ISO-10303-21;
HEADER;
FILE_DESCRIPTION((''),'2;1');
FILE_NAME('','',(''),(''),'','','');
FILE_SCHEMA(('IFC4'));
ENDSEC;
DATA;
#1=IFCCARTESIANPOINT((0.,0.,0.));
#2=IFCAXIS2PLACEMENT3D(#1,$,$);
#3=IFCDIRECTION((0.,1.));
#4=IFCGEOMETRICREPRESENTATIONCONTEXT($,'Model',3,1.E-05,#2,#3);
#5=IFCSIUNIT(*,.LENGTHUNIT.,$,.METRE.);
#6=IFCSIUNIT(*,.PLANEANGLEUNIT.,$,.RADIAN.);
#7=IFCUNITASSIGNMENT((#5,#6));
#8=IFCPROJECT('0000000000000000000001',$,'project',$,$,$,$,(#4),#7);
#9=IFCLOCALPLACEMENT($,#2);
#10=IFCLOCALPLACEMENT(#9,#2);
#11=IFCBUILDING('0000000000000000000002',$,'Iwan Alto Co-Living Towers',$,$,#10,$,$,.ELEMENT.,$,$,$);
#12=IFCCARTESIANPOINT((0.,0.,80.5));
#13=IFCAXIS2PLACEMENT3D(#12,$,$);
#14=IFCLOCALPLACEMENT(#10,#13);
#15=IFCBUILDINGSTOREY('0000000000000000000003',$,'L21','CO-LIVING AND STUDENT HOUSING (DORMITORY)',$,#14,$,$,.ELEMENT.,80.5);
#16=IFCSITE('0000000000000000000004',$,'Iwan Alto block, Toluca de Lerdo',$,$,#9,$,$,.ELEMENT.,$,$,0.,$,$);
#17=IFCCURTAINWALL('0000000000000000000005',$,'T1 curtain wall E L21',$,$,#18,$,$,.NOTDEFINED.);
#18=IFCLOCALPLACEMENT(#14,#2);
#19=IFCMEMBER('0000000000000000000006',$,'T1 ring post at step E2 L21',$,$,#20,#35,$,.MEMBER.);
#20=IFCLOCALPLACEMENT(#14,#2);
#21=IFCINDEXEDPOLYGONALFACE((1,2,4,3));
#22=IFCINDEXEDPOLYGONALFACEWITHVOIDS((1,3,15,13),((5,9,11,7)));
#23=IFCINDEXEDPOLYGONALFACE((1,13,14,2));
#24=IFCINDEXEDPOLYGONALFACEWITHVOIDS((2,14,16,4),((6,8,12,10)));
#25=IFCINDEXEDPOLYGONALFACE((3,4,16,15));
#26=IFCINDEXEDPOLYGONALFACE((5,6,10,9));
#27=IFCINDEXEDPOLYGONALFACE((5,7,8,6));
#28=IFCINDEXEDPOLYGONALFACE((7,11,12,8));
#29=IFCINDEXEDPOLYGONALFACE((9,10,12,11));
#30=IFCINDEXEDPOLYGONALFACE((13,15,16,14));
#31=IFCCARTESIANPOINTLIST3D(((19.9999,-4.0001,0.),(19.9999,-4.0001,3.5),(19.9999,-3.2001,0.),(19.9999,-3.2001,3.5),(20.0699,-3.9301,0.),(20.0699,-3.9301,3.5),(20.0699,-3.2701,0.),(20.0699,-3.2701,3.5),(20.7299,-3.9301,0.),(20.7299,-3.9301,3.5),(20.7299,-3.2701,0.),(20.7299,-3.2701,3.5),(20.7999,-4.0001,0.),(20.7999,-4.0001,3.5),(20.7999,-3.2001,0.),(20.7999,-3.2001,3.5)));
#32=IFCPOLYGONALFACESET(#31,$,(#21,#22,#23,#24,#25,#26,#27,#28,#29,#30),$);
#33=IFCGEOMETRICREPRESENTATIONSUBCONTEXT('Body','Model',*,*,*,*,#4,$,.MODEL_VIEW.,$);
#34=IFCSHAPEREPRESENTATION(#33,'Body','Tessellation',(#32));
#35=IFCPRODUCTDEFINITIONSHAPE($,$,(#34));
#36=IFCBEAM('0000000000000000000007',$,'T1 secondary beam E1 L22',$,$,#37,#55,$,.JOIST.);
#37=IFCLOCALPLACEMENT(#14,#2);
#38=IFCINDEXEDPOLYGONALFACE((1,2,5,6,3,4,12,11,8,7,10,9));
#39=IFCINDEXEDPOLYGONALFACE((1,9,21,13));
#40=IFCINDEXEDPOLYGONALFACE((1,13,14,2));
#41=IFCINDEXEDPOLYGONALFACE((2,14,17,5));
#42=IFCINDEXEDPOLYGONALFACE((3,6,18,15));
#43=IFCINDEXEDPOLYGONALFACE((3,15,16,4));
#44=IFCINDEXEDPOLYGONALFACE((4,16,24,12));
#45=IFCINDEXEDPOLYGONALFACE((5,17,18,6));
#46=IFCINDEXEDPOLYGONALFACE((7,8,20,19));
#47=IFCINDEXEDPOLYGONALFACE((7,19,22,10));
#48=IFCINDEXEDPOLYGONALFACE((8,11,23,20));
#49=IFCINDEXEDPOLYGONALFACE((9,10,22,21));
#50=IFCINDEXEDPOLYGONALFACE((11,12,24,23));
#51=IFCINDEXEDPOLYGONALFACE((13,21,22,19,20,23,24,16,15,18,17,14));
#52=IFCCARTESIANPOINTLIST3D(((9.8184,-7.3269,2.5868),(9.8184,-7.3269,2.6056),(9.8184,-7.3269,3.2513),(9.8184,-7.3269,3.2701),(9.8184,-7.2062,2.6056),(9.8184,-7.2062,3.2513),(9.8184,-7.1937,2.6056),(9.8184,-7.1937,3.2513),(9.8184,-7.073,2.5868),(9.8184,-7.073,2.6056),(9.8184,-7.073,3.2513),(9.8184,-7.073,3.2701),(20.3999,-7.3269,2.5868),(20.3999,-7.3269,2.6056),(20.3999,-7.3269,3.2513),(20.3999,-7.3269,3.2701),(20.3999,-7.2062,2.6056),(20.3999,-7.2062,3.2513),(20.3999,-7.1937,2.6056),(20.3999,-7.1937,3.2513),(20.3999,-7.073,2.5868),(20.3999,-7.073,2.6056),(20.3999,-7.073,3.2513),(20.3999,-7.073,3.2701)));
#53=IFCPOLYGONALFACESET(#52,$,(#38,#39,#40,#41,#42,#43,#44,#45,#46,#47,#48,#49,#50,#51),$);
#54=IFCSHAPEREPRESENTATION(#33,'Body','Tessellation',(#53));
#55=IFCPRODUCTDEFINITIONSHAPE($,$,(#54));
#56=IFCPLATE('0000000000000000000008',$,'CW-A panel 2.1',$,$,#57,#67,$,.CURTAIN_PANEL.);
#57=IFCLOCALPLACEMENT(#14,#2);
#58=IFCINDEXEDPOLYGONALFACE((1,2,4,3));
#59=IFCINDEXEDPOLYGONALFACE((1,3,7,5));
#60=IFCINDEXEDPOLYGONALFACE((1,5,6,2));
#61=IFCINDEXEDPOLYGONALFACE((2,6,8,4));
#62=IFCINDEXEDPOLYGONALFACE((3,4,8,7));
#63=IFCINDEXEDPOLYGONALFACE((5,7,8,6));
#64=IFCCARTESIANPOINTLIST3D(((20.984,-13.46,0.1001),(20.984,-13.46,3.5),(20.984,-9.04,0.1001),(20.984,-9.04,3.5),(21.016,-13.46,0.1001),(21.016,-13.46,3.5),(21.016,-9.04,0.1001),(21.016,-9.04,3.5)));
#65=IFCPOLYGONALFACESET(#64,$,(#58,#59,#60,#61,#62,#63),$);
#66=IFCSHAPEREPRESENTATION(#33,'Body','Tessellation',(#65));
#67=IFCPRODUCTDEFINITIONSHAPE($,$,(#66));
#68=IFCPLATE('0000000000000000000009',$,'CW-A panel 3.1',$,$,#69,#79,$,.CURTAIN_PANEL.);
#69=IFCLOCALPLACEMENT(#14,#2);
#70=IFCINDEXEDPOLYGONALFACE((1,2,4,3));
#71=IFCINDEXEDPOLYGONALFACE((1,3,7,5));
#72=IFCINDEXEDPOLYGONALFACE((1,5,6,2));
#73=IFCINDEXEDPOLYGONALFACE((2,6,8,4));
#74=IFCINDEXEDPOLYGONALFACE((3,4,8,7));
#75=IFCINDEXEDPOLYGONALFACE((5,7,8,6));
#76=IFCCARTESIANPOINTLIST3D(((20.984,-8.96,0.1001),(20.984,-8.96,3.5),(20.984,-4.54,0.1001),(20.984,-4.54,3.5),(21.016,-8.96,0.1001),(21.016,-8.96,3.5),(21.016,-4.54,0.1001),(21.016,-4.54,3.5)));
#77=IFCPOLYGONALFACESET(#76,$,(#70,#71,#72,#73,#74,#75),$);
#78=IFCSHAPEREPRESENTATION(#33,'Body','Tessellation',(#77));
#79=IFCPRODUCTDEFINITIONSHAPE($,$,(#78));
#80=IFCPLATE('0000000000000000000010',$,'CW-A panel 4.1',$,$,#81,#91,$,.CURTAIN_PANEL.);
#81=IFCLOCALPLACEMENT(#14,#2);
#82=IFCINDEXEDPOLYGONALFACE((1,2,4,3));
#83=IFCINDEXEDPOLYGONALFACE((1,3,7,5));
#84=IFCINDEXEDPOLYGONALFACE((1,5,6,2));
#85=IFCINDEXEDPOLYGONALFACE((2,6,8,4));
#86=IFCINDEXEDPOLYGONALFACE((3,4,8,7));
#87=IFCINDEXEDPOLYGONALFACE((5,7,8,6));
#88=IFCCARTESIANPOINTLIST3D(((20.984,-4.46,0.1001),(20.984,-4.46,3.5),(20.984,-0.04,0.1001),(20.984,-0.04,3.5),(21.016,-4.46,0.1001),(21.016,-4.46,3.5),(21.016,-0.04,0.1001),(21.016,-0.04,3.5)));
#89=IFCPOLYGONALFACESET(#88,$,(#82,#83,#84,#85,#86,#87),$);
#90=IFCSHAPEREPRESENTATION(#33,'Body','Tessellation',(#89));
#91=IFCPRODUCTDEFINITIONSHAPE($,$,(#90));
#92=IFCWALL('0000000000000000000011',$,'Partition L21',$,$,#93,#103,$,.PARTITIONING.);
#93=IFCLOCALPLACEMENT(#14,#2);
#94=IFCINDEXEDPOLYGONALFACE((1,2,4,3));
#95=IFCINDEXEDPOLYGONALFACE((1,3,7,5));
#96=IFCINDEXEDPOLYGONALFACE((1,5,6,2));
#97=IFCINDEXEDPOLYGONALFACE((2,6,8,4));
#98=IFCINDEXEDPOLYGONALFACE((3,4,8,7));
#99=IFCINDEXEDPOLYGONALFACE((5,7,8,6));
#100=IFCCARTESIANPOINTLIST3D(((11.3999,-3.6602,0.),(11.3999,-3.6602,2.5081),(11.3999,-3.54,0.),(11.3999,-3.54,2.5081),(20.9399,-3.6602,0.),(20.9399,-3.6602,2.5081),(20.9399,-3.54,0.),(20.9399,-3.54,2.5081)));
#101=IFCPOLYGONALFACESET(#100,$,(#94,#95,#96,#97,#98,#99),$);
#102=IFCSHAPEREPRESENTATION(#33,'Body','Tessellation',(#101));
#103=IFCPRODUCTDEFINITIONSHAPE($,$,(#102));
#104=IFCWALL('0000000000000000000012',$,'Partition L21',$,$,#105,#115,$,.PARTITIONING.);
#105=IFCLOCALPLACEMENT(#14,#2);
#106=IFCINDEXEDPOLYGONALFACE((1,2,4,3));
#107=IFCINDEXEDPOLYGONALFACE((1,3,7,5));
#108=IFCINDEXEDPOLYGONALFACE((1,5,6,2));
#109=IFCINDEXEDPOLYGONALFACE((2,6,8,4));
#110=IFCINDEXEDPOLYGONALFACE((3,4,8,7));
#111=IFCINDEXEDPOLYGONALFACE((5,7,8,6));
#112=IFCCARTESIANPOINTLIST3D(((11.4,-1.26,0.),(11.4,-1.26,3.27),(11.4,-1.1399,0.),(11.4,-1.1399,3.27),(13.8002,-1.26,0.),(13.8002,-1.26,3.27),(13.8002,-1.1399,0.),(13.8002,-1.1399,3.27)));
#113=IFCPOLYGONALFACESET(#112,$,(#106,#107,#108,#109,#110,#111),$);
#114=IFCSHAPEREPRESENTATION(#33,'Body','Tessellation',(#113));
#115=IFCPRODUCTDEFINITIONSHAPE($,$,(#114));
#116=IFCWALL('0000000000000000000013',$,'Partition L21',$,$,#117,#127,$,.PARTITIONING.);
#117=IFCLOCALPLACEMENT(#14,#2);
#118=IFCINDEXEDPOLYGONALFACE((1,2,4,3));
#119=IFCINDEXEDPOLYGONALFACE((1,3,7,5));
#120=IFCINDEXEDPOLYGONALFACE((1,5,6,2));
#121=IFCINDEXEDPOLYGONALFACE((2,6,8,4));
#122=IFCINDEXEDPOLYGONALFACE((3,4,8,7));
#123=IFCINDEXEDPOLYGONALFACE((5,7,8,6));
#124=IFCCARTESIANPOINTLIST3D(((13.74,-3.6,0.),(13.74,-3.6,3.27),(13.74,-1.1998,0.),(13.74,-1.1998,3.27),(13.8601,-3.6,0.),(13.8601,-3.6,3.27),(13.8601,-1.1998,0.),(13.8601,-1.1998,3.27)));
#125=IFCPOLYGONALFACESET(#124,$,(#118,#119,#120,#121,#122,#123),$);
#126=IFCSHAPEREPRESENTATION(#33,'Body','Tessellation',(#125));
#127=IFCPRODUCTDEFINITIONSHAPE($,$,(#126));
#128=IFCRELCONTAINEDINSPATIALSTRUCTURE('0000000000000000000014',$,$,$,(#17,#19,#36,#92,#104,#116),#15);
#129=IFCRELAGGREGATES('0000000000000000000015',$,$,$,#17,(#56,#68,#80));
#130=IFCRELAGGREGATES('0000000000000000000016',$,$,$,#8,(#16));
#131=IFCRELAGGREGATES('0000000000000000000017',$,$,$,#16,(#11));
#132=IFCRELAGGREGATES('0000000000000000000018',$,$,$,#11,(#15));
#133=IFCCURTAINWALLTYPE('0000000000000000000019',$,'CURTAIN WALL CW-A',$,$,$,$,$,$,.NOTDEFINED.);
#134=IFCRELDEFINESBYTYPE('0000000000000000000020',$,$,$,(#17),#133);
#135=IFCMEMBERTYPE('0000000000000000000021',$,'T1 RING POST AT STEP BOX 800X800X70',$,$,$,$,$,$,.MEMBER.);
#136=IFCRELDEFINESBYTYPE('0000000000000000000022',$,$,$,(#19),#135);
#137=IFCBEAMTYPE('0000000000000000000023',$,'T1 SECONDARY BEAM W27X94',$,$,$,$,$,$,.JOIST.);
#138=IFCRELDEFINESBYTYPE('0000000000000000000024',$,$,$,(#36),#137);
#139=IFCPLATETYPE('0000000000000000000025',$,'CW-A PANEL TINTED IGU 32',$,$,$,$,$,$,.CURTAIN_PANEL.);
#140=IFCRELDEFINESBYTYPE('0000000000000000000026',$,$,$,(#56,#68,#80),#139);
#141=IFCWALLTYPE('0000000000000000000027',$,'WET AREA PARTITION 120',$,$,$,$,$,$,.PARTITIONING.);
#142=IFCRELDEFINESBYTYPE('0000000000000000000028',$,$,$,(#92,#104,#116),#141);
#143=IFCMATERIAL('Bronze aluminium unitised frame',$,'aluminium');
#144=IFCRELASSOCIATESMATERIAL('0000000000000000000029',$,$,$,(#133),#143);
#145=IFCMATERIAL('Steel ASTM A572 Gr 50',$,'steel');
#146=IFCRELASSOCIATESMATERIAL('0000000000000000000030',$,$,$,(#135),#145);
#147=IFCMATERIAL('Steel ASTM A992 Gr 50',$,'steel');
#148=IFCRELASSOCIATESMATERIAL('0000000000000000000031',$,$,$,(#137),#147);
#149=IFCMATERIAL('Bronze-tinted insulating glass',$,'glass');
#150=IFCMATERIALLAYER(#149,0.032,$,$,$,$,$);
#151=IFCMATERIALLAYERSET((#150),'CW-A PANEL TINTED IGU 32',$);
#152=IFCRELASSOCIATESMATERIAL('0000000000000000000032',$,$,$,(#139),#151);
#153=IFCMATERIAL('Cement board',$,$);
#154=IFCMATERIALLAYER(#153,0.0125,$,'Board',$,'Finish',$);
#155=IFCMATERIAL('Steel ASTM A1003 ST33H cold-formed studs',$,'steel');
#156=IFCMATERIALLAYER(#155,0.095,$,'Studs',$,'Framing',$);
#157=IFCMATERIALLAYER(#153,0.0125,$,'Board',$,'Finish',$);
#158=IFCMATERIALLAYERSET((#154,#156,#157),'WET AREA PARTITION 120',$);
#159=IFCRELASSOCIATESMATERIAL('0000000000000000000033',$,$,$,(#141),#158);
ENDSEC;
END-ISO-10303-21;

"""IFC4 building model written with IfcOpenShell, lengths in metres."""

from ifc_helpers import new_model, si_unit, direction, frame, frame_2d, origin, origin_2d, place, context, subcontext, project, spatial, rectangle, hollow_rectangle, i_section, extrude, material, layer, layer_set, material_profile, profile_set, type_object, element, aggregate, save


model = new_model("IFC4")

# Units and contexts
model_context = context("Model", 3, precision=1e-05, world=origin(), true_north=direction((0.0, 1.0)))
body_context = subcontext(model_context, "Body", "Model", "MODEL_VIEW")
ifc_project = project(units=[si_unit("LENGTHUNIT", "METRE"), si_unit("PLANEANGLEUNIT", "RADIAN")], contexts=[model_context])

# Site, building, storey
site_placement = place(None, origin())
site = spatial("IfcSite", under=ifc_project, at=site_placement, Name="Iwan Alto block, Toluca de Lerdo", CompositionType="ELEMENT", RefElevation=0.0)
building_placement = place(site_placement, origin())
building = spatial("IfcBuilding", under=site, at=building_placement, Name="Iwan Alto Co-Living Towers", CompositionType="ELEMENT")
storey_placement = place(building_placement, frame((0.0, 0.0, 80.5)))
storey = spatial("IfcBuildingStorey", under=building, at=storey_placement, Name="L21", Description="CO-LIVING AND STUDENT HOUSING (DORMITORY)", CompositionType="ELEMENT", Elevation=80.5)

# Curtain wall
ifc_material_1 = material(Name="Bronze aluminium unitised frame", Category="aluminium")
curtain_wall_type = type_object("IfcCurtainWallType", Name="CURTAIN WALL CW-A", PredefinedType="NOTDEFINED", material=ifc_material_1)
curtain_wall_placement = place(storey_placement, origin())
curtain_wall = element("IfcCurtainWall", 1, at=curtain_wall_placement, inside=storey, type_object=curtain_wall_type, Name="T1 curtain wall E L21", PredefinedType="NOTDEFINED")

# Member
ifc_material_2 = material(Name="Steel ASTM A572 Gr 50", Category="steel")
ifc_material_profile_1 = material_profile(ifc_material_2, hollow_rectangle(XDim=0.8, YDim=0.8, WallThickness=0.0701, at=origin_2d()), Name="BOX 800X800X70")
ifc_profile_set_1 = profile_set([ifc_material_profile_1], Name="Steel ASTM A572 Gr 50")
member_type_1 = type_object("IfcMemberType", Name="T1 RING POST AT STEP BOX 800X800X70", PredefinedType="MEMBER", material=ifc_profile_set_1)
for number, where, z_axis, x_axis, name in (
    (2, (20.3999, -3.6001, 0.0), (0.0, 0.0, 1.0), (1.0, 0.0, 0.0), "T1 ring post at step E2 L21"),
):
    element("IfcMember", number, at=place(storey_placement, frame(where, z_axis=z_axis, x_axis=x_axis)), inside=storey, type_object=member_type_1, Name=name, PredefinedType="MEMBER", context=body_context, shape_type="SweptSolid", body=[
        extrude(hollow_rectangle(XDim=0.8, YDim=0.8, WallThickness=0.0701, at=origin_2d()), origin(), (0.0, 0.0, 1.0), 3.5),
    ])

# Beam
ifc_material_3 = material(Name="Steel ASTM A992 Gr 50", Category="steel")
ifc_material_profile_2 = material_profile(ifc_material_3, i_section(OverallWidth=0.2539, OverallDepth=0.6833, WebThickness=0.0125, FlangeThickness=0.0188, at=origin_2d()), Name="W27X94")
ifc_profile_set_2 = profile_set([ifc_material_profile_2], Name="Steel ASTM A992 Gr 50")
beam_type_1 = type_object("IfcBeamType", Name="T1 SECONDARY BEAM W27X94", PredefinedType="JOIST", material=ifc_profile_set_2)
beam_1_placement = place(storey_placement, frame((20.3999, -7.2, 2.9285), z_axis=(-1.0, 0.0, 0.0), x_axis=(0.0, -1.0, 0.0)))
element("IfcBeam", 3, at=beam_1_placement, inside=storey, type_object=beam_type_1, Name="T1 secondary beam E1 L22", PredefinedType="JOIST", context=body_context, shape_type="SweptSolid", body=[
    extrude(i_section(OverallWidth=0.2539, OverallDepth=0.6833, WebThickness=0.0125, FlangeThickness=0.0188, at=origin_2d()), origin(), (0.0, 0.0, 1.0), 10.5815),
])

# Plates
ifc_material_4 = material(Name="Bronze-tinted insulating glass", Category="glass")
ifc_layer_1 = layer(ifc_material_4, 0.032)
ifc_layer_set_1 = layer_set([ifc_layer_1], Name="CW-A PANEL TINTED IGU 32")
plate_type = type_object("IfcPlateType", Name="CW-A PANEL TINTED IGU 32", PredefinedType="CURTAIN_PANEL", material=ifc_layer_set_1)
plate_1_placement = place(storey_placement, frame((21.0, -11.25, 0.1001), z_axis=(0.0, 0.0, 1.0), x_axis=(0.0, 1.0, 0.0)))
plate_1 = element("IfcPlate", 4, at=plate_1_placement, type_object=plate_type, Name="CW-A panel 2.1", PredefinedType="CURTAIN_PANEL", context=body_context, shape_type="SweptSolid", body=[
    extrude(rectangle(XDim=4.4199, YDim=0.032, at=origin_2d()), origin(), (0.0, 0.0, 1.0), 3.3999),
])
plate_2_placement = place(storey_placement, frame((21.0, -6.75, 0.1001), z_axis=(0.0, 0.0, 1.0), x_axis=(0.0, 1.0, 0.0)))
plate_2 = element("IfcPlate", 5, at=plate_2_placement, type_object=plate_type, Name="CW-A panel 3.1", PredefinedType="CURTAIN_PANEL", context=body_context, shape_type="SweptSolid", body=[
    extrude(rectangle(XDim=4.4199, YDim=0.032, at=origin_2d()), origin(), (0.0, 0.0, 1.0), 3.3999),
])
plate_3_placement = place(storey_placement, frame((21.0, -2.25, 0.1001), z_axis=(0.0, 0.0, 1.0), x_axis=(0.0, 1.0, 0.0)))
plate_3 = element("IfcPlate", 6, at=plate_3_placement, type_object=plate_type, Name="CW-A panel 4.1", PredefinedType="CURTAIN_PANEL", context=body_context, shape_type="SweptSolid", body=[
    extrude(rectangle(XDim=4.4199, YDim=0.032, at=origin_2d()), origin(), (0.0, 0.0, 1.0), 3.3999),
])
aggregate(curtain_wall, [plate_1, plate_2, plate_3])

# Walls
ifc_material_5 = material(Name="Cement board")
ifc_layer_2 = layer(ifc_material_5, 0.0125, Name="Board", Category="Finish")
ifc_material_6 = material(Name="Steel ASTM A1003 ST33H cold-formed studs", Category="steel")
ifc_layer_3 = layer(ifc_material_6, 0.095, Name="Studs", Category="Framing")
ifc_layer_4 = layer(ifc_material_5, 0.0125, Name="Board", Category="Finish")
ifc_layer_set_2 = layer_set([ifc_layer_2, ifc_layer_3, ifc_layer_4], Name="WET AREA PARTITION 120")
wall_type = type_object("IfcWallType", Name="WET AREA PARTITION 120", PredefinedType="PARTITIONING", material=ifc_layer_set_2)
wall_placement = place(storey_placement, frame((11.3999, -3.6001, 0.0), z_axis=(0.0, 0.0, 1.0), x_axis=(1.0, 0.0, 0.0)))
element("IfcWall", 7, at=wall_placement, inside=storey, type_object=wall_type, Name="Partition L21", PredefinedType="PARTITIONING", context=body_context, shape_type="SweptSolid", body=[
    extrude(rectangle(XDim=9.54, YDim=0.1201, at=frame_2d((4.77, 0.0))), origin(), (0.0, 0.0, 1.0), 2.5081),
])
for number, where, z_axis, x_axis, name in (
    (8, (11.3999, -1.2, 0.0), (0.0, 0.0, 1.0), (1.0, 0.0, 0.0), "Partition L21"),
    (9, (13.8, -3.6001, 0.0), (0.0, 0.0, 1.0), (0.0, 1.0, 0.0), "Partition L21"),
):
    element("IfcWall", number, at=place(storey_placement, frame(where, z_axis=z_axis, x_axis=x_axis)), inside=storey, type_object=wall_type, Name=name, PredefinedType="PARTITIONING", context=body_context, shape_type="SweptSolid", body=[
        extrude(rectangle(XDim=2.4001, YDim=0.1201, at=frame_2d((1.2002, 0.0))), origin(), (0.0, 0.0, 1.0), 3.27),
    ])

save(model, "model.ifc")
